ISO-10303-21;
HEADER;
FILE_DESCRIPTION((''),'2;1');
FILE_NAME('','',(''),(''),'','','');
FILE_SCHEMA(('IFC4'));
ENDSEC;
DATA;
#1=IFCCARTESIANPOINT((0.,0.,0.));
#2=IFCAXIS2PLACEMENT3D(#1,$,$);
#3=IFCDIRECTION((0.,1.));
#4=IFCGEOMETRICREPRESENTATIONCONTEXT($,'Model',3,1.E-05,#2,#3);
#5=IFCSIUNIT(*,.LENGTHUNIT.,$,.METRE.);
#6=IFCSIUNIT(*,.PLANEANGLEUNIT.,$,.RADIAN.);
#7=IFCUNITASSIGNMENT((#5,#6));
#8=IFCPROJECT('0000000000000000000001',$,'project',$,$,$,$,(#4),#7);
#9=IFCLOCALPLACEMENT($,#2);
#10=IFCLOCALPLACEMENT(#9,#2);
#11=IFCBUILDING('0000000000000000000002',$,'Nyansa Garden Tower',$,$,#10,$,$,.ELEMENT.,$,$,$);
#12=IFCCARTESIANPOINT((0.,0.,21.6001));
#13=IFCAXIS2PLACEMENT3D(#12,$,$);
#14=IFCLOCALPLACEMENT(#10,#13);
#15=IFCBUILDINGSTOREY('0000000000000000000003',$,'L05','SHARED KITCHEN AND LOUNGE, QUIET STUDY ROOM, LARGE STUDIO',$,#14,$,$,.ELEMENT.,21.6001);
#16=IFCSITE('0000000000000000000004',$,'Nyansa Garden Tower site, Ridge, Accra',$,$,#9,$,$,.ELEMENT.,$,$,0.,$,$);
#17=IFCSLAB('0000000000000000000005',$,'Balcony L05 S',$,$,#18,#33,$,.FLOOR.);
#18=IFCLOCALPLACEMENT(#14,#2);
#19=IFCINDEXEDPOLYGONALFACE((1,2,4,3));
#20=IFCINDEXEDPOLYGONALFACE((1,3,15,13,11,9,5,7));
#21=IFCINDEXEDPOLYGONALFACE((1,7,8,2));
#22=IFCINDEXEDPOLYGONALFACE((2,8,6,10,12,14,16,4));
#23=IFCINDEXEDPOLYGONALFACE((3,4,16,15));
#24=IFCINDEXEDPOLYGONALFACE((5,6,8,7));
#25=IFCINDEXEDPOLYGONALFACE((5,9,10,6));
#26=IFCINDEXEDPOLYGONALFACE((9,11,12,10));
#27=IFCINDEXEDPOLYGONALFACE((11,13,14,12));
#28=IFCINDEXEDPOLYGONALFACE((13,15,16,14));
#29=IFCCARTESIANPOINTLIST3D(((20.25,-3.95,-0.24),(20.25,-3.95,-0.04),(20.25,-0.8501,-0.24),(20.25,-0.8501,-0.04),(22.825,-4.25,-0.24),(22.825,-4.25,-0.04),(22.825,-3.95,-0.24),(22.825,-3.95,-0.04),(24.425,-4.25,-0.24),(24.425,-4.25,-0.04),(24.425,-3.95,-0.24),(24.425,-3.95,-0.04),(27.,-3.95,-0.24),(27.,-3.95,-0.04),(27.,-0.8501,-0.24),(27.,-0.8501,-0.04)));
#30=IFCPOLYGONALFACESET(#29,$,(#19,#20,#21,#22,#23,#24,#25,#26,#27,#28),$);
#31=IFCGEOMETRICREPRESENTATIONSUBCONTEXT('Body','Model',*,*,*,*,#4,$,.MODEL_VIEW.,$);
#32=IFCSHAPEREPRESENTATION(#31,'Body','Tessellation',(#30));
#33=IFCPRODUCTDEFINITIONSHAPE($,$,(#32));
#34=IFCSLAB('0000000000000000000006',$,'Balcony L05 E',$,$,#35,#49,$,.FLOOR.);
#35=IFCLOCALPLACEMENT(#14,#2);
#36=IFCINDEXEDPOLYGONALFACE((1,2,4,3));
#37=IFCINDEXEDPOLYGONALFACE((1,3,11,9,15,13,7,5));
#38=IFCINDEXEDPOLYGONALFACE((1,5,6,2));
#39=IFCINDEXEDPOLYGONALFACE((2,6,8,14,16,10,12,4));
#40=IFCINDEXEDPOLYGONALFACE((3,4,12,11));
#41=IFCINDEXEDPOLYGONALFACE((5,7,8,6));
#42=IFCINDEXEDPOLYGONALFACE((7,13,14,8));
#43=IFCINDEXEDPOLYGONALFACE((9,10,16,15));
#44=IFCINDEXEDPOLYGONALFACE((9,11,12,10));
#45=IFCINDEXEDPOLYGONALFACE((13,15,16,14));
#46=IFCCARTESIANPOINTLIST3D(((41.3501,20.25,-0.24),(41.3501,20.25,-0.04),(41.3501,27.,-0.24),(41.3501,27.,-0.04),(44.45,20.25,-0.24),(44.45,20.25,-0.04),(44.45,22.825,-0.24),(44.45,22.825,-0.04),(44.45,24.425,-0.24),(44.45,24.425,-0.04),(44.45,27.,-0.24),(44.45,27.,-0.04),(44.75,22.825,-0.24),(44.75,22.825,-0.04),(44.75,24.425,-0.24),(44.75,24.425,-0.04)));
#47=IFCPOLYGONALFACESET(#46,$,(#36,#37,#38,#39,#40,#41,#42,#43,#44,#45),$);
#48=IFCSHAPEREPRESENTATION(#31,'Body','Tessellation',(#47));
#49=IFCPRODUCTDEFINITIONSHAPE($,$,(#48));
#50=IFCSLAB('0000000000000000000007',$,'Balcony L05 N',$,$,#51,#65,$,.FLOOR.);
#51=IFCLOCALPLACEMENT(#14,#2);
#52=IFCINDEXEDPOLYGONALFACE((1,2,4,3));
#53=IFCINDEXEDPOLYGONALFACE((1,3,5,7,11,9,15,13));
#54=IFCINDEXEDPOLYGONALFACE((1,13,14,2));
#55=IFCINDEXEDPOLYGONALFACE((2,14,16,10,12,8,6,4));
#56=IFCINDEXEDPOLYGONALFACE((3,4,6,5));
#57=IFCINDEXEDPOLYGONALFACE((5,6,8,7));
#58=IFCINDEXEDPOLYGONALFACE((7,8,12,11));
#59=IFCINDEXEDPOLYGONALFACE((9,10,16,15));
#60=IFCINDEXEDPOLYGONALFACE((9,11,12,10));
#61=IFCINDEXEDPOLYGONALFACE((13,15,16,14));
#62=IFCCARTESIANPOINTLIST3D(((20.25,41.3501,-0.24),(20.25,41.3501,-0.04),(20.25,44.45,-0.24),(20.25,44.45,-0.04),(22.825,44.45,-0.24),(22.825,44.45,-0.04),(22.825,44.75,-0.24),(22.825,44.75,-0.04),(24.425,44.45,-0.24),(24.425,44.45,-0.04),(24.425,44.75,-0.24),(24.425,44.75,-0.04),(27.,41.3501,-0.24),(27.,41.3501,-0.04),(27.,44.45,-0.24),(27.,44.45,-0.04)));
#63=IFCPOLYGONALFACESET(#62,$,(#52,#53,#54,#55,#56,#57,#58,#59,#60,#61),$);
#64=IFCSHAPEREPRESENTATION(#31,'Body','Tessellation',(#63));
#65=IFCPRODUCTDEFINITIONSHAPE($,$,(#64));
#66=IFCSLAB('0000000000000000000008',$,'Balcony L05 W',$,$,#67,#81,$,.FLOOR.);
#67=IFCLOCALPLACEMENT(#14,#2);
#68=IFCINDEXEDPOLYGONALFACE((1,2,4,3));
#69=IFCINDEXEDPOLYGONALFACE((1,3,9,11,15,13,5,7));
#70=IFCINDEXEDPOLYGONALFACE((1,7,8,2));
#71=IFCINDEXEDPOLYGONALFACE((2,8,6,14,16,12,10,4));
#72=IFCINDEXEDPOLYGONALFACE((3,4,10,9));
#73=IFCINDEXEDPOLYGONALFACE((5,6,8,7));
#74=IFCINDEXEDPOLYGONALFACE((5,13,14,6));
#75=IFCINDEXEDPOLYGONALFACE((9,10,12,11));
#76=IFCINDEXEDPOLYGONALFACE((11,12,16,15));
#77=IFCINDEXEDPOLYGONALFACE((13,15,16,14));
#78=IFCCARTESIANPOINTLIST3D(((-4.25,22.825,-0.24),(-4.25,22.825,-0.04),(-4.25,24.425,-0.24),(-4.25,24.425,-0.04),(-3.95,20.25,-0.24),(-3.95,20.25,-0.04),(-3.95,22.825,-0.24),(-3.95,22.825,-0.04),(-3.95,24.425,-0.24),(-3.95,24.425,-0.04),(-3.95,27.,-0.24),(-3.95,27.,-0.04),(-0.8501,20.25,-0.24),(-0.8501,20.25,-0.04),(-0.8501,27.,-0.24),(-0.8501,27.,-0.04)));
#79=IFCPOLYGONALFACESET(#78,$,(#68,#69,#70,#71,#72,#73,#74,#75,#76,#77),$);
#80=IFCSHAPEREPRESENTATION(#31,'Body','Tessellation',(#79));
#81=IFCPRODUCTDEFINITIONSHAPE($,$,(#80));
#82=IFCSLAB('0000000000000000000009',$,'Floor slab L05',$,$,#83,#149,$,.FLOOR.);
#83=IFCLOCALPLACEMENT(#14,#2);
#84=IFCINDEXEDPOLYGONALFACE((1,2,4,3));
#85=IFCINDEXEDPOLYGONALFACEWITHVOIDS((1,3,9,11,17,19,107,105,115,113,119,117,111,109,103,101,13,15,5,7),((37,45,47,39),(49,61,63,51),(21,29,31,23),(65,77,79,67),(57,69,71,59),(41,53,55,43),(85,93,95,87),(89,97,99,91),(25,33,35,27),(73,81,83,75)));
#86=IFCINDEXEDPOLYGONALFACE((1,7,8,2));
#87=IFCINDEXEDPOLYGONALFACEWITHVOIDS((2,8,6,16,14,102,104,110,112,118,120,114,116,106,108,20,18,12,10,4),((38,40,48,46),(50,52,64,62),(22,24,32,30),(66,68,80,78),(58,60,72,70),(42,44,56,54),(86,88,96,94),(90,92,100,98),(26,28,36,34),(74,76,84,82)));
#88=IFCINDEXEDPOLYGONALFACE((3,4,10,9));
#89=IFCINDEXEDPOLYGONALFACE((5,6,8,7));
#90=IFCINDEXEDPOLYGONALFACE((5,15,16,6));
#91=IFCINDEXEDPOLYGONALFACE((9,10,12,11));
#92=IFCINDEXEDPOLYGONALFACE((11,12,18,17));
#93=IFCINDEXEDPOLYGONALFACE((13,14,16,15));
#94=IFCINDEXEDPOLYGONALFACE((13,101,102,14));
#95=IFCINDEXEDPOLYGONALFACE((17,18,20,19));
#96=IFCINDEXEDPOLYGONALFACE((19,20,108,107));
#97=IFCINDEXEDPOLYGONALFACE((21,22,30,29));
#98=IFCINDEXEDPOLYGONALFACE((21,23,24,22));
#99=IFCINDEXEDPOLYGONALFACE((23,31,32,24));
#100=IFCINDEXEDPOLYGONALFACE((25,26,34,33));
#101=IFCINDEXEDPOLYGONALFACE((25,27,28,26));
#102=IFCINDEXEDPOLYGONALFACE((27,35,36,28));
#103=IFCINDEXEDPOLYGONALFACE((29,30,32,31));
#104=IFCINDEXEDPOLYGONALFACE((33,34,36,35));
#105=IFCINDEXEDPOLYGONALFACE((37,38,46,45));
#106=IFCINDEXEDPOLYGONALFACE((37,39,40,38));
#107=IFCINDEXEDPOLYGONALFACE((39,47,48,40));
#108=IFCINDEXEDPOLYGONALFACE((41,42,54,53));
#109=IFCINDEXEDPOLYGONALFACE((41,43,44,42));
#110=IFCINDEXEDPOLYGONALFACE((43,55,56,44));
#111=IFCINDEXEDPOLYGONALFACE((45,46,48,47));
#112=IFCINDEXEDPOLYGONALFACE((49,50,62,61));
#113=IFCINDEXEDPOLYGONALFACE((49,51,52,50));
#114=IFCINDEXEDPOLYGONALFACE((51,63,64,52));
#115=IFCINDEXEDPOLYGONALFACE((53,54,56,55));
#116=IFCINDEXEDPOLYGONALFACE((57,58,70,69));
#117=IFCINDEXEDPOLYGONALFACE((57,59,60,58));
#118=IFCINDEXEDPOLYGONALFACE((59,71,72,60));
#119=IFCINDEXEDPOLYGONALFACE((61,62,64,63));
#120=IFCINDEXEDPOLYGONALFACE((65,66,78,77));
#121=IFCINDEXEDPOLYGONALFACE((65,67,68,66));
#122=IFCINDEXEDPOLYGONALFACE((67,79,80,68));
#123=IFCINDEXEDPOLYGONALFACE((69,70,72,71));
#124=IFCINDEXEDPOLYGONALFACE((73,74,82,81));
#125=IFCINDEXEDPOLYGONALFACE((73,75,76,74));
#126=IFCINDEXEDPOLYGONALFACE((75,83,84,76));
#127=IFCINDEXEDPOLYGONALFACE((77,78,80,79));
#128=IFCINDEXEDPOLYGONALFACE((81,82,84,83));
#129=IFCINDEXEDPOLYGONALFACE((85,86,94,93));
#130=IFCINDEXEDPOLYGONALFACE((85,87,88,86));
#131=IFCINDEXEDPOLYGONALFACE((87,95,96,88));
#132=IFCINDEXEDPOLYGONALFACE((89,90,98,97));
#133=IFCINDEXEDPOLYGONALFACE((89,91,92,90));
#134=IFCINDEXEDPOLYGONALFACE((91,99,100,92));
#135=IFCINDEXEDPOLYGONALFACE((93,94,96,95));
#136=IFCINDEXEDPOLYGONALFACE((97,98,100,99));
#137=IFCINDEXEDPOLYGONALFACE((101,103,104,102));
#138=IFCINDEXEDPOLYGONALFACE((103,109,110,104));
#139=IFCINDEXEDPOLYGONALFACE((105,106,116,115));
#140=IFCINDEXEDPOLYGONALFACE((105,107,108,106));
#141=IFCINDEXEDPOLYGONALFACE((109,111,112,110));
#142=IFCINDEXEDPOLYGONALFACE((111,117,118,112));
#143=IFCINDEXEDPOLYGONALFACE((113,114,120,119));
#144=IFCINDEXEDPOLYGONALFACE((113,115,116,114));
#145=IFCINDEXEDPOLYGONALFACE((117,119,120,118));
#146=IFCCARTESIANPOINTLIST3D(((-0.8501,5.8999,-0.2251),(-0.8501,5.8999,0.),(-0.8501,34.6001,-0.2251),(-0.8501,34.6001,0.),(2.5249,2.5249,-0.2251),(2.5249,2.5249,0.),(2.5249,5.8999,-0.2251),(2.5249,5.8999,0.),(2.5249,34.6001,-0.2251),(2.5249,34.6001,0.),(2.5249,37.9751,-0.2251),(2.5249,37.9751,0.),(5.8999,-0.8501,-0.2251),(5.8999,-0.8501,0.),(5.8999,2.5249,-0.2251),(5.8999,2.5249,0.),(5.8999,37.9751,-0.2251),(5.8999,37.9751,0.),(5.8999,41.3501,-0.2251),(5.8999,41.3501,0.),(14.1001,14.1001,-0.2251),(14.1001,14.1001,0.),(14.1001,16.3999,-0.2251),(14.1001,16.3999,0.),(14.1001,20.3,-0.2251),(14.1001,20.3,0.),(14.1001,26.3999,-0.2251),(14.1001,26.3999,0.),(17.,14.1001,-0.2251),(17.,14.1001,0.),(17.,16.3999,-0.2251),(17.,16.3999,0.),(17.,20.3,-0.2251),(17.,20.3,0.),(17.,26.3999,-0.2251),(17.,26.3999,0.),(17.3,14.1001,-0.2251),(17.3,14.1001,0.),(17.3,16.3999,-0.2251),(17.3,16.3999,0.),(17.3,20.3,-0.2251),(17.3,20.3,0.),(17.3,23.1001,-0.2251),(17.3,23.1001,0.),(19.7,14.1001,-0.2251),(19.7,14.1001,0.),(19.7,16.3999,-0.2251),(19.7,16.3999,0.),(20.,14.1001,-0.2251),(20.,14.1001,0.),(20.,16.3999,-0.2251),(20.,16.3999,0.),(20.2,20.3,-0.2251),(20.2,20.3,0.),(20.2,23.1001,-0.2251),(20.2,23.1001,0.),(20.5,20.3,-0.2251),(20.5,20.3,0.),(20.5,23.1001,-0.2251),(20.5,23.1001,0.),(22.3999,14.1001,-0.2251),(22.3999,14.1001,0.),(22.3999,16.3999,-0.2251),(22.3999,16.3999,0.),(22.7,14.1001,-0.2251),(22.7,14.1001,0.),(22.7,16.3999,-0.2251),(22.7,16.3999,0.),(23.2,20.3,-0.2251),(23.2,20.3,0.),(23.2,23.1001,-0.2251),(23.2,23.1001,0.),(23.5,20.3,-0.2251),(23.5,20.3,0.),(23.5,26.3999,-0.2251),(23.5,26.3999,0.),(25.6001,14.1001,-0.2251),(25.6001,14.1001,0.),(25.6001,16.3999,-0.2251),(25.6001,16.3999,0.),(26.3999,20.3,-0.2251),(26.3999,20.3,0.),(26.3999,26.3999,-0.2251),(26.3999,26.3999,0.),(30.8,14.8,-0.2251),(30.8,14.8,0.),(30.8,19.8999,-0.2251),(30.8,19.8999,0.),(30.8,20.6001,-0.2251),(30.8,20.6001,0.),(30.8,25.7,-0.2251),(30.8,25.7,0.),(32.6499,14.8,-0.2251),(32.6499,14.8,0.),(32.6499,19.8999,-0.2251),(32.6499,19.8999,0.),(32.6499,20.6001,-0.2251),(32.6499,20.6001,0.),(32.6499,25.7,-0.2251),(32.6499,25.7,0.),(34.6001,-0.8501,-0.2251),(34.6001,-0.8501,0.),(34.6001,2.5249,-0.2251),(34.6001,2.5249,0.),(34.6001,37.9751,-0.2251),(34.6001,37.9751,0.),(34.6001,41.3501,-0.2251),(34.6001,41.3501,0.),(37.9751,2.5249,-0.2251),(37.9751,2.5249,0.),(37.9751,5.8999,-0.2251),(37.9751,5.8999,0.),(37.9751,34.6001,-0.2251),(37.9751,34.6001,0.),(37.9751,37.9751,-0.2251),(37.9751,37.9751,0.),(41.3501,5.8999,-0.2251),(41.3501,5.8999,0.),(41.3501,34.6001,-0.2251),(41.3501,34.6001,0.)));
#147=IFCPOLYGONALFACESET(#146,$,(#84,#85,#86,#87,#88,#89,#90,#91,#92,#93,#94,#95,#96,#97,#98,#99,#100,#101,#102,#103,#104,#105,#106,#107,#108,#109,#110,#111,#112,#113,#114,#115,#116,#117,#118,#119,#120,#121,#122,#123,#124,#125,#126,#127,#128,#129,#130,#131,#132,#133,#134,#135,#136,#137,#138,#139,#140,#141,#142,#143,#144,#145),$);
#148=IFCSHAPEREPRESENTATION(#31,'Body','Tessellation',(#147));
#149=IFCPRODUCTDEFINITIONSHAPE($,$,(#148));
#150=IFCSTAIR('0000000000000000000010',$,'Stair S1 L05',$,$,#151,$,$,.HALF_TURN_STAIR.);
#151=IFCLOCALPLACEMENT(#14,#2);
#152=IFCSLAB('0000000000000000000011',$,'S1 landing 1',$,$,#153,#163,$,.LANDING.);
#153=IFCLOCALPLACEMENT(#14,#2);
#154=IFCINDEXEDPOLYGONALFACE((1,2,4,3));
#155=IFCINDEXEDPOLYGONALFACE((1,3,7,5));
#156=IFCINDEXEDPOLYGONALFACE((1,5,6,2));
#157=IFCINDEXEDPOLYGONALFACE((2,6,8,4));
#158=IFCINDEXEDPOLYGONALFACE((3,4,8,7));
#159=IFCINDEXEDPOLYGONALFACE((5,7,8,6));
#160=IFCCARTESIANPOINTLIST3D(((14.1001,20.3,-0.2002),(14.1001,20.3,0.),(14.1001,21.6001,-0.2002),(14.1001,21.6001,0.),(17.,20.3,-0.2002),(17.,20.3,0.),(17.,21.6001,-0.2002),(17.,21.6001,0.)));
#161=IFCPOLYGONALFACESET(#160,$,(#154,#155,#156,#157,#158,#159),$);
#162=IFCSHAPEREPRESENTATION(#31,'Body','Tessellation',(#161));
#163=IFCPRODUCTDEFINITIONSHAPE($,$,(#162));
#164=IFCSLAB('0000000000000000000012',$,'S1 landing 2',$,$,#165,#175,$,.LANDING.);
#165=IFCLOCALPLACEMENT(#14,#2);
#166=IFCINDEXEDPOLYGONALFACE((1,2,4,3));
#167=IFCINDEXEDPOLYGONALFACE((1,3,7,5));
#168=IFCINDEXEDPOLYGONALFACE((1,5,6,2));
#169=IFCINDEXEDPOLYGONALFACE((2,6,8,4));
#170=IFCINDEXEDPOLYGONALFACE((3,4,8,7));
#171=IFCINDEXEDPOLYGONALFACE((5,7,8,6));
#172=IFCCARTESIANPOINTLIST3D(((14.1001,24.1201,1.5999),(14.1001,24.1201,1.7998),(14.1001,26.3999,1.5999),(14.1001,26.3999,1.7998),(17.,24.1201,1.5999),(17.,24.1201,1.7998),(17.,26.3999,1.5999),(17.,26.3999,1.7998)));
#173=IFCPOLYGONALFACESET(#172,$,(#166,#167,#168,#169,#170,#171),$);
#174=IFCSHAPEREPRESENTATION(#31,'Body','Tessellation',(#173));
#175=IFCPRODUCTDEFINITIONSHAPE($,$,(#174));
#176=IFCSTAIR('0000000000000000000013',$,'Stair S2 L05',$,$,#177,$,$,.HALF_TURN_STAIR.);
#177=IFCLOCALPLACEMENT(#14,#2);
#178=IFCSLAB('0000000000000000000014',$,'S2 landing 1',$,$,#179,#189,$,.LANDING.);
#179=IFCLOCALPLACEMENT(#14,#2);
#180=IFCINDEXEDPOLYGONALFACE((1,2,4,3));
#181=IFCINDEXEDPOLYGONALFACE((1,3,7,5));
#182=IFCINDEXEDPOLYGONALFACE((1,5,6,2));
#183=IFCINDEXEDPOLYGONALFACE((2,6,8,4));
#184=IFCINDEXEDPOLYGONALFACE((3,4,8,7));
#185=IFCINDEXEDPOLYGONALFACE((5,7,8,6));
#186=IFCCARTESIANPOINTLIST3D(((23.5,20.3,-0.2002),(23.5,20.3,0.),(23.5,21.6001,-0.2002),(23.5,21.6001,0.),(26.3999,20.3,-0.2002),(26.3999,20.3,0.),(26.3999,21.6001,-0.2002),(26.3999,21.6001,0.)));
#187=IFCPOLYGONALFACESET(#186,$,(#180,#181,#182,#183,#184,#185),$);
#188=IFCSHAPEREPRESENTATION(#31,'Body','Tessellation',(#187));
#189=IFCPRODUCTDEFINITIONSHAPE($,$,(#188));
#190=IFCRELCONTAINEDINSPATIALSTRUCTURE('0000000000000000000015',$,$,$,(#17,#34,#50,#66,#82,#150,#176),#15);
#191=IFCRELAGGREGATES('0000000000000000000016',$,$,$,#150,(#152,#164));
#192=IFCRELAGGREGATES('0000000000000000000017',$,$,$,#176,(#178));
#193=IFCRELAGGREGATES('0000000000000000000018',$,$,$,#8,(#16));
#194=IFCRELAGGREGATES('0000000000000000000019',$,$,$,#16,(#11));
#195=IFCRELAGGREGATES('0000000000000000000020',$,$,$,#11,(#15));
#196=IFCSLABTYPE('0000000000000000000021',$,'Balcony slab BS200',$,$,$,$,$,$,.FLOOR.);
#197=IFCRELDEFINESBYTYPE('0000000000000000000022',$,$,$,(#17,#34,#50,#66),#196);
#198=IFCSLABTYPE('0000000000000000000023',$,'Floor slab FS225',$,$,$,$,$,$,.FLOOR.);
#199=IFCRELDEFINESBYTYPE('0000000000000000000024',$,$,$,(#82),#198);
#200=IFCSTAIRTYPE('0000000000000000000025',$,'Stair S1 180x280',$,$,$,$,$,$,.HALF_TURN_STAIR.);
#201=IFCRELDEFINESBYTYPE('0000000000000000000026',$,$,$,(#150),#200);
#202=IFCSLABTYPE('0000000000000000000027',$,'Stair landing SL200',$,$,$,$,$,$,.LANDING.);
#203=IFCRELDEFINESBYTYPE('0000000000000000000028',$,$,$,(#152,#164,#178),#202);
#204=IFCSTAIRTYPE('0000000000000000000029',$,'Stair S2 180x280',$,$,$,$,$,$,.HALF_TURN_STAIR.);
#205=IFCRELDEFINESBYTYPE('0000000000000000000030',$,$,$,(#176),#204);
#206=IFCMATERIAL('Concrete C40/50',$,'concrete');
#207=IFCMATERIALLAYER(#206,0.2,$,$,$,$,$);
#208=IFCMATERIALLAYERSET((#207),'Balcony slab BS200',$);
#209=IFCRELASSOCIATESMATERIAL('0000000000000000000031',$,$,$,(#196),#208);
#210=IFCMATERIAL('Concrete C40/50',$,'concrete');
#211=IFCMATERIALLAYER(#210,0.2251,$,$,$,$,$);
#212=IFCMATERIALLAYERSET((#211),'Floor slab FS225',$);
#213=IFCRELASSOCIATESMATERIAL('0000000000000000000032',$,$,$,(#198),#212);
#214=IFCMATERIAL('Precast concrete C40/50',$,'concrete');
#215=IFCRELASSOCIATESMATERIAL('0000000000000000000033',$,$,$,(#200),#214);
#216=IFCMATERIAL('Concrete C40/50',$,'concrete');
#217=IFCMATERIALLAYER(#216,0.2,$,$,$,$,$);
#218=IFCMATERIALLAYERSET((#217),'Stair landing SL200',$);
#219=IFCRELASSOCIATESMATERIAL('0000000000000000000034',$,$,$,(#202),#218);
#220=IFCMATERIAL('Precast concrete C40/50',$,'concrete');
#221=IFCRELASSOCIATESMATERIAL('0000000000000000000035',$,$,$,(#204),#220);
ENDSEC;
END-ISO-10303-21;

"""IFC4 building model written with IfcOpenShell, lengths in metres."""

from ifc_helpers import new_model, si_unit, direction, frame, origin, place, context, subcontext, project, spatial, polyline, outline, extrude, material, layer, layer_set, type_object, element, aggregate, save


model = new_model("IFC4")

# Units and contexts
model_context = context("Model", 3, precision=1e-05, world=origin(), true_north=direction((0.0, 1.0)))
body_context = subcontext(model_context, "Body", "Model", "MODEL_VIEW")
ifc_project = project(units=[si_unit("LENGTHUNIT", "METRE"), si_unit("PLANEANGLEUNIT", "RADIAN")], contexts=[model_context])

# Site, building, storey
site_placement = place(None, origin())
site = spatial("IfcSite", under=ifc_project, at=site_placement, Name="Nyansa Garden Tower site, Ridge, Accra", CompositionType="ELEMENT", RefElevation=0.0)
building_placement = place(site_placement, origin())
building = spatial("IfcBuilding", under=site, at=building_placement, Name="Nyansa Garden Tower", CompositionType="ELEMENT")
storey_placement = place(building_placement, frame((0.0, 0.0, 21.6001)))
storey = spatial("IfcBuildingStorey", under=building, at=storey_placement, Name="L05", Description="SHARED KITCHEN AND LOUNGE, QUIET STUDY ROOM, LARGE STUDIO", CompositionType="ELEMENT", Elevation=21.6001)

# Slabs
ifc_material_1 = material(Name="Concrete C40/50", Category="concrete")
ifc_layer_1 = layer(ifc_material_1, 0.2)
ifc_layer_set_1 = layer_set([ifc_layer_1], Name="Balcony slab BS200")
slab_type_1 = type_object("IfcSlabType", Name="Balcony slab BS200", PredefinedType="FLOOR", material=ifc_layer_set_1)
slab_1_placement = place(storey_placement, frame((0.0, 0.0, -0.24)))
element("IfcSlab", 1, at=slab_1_placement, inside=storey, type_object=slab_type_1, Name="Balcony L05 S", PredefinedType="FLOOR", context=body_context, shape_type="SweptSolid", body=[
    extrude(outline(polyline([(20.25, -0.8501), (27.0, -0.8501), (27.0, -3.95), (24.425, -3.95), (24.425, -4.25), (22.825, -4.25), (22.825, -3.95), (20.25, -3.95), (20.25, -0.8501)])), origin(), (0.0, 0.0, 1.0), 0.2),
])
slab_2_placement = place(storey_placement, frame((0.0, 0.0, -0.24)))
element("IfcSlab", 2, at=slab_2_placement, inside=storey, type_object=slab_type_1, Name="Balcony L05 E", PredefinedType="FLOOR", context=body_context, shape_type="SweptSolid", body=[
    extrude(outline(polyline([(41.3501, 20.25), (41.3501, 27.0), (44.45, 27.0), (44.45, 24.425), (44.75, 24.425), (44.75, 22.825), (44.45, 22.825), (44.45, 20.25), (41.3501, 20.25)])), origin(), (0.0, 0.0, 1.0), 0.2),
])
slab_3_placement = place(storey_placement, frame((0.0, 0.0, -0.24)))
element("IfcSlab", 3, at=slab_3_placement, inside=storey, type_object=slab_type_1, Name="Balcony L05 N", PredefinedType="FLOOR", context=body_context, shape_type="SweptSolid", body=[
    extrude(outline(polyline([(20.25, 41.3501), (27.0, 41.3501), (27.0, 44.45), (24.425, 44.45), (24.425, 44.75), (22.825, 44.75), (22.825, 44.45), (20.25, 44.45), (20.25, 41.3501)])), origin(), (0.0, 0.0, 1.0), 0.2),
])
slab_4_placement = place(storey_placement, frame((0.0, 0.0, -0.24)))
element("IfcSlab", 4, at=slab_4_placement, inside=storey, type_object=slab_type_1, Name="Balcony L05 W", PredefinedType="FLOOR", context=body_context, shape_type="SweptSolid", body=[
    extrude(outline(polyline([(-0.8501, 20.25), (-0.8501, 27.0), (-3.95, 27.0), (-3.95, 24.425), (-4.25, 24.425), (-4.25, 22.825), (-3.95, 22.825), (-3.95, 20.25), (-0.8501, 20.25)])), origin(), (0.0, 0.0, 1.0), 0.2),
])
ifc_material_2 = material(Name="Concrete C40/50", Category="concrete")
ifc_layer_2 = layer(ifc_material_2, 0.2251)
ifc_layer_set_2 = layer_set([ifc_layer_2], Name="Floor slab FS225")
slab_type_2 = type_object("IfcSlabType", Name="Floor slab FS225", PredefinedType="FLOOR", material=ifc_layer_set_2)
slab_5_placement = place(storey_placement, frame((0.0, 0.0, -0.2251)))
element("IfcSlab", 5, at=slab_5_placement, inside=storey, type_object=slab_type_2, Name="Floor slab L05", PredefinedType="FLOOR", context=body_context, shape_type="SweptSolid", body=[
    extrude(outline(polyline([(41.3501, 5.8999), (37.9751, 5.8999), (37.9751, 2.5249), (34.6001, 2.5249), (34.6001, -0.8501), (5.8999, -0.8501), (5.8999, 2.5249), (2.5249, 2.5249), (2.5249, 5.8999), (-0.8501, 5.8999), (-0.8501, 34.6001), (2.5249, 34.6001), (2.5249, 37.9751), (5.8999, 37.9751), (5.8999, 41.3501), (34.6001, 41.3501), (34.6001, 37.9751), (37.9751, 37.9751), (37.9751, 34.6001), (41.3501, 34.6001), (41.3501, 5.8999)]), holes=[polyline([(14.1001, 14.1001), (17.0, 14.1001), (17.0, 16.3999), (14.1001, 16.3999), (14.1001, 14.1001)]), polyline([(17.3, 14.1001), (19.7, 14.1001), (19.7, 16.3999), (17.3, 16.3999), (17.3, 14.1001)]), polyline([(20.0, 14.1001), (22.3999, 14.1001), (22.3999, 16.3999), (20.0, 16.3999), (20.0, 14.1001)]), polyline([(22.7, 14.1001), (25.6001, 14.1001), (25.6001, 16.3999), (22.7, 16.3999), (22.7, 14.1001)]), polyline([(17.3, 20.3), (20.2, 20.3), (20.2, 23.1001), (17.3, 23.1001), (17.3, 20.3)]), polyline([(20.5, 20.3), (23.2, 20.3), (23.2, 23.1001), (20.5, 23.1001), (20.5, 20.3)]), polyline([(30.8, 14.8), (32.6499, 14.8), (32.6499, 19.8999), (30.8, 19.8999), (30.8, 14.8)]), polyline([(30.8, 20.6001), (32.6499, 20.6001), (32.6499, 25.7), (30.8, 25.7), (30.8, 20.6001)]), polyline([(14.1001, 20.3), (17.0, 20.3), (17.0, 26.3999), (14.1001, 26.3999), (14.1001, 20.3)]), polyline([(23.5, 20.3), (26.3999, 20.3), (26.3999, 26.3999), (23.5, 26.3999), (23.5, 20.3)])]), origin(), (0.0, 0.0, 1.0), 0.2251),
])

# Stair, slabs
ifc_material_3 = material(Name="Precast concrete C40/50", Category="concrete")
stair_type_1 = type_object("IfcStairType", Name="Stair S1 180x280", PredefinedType="HALF_TURN_STAIR", material=ifc_material_3)
stair_1_placement = place(storey_placement, origin())
stair_1 = element("IfcStair", 6, at=stair_1_placement, inside=storey, type_object=stair_type_1, Name="Stair S1 L05", PredefinedType="HALF_TURN_STAIR")
ifc_material_4 = material(Name="Concrete C40/50", Category="concrete")
ifc_layer_3 = layer(ifc_material_4, 0.2)
ifc_layer_set_3 = layer_set([ifc_layer_3], Name="Stair landing SL200")
slab_type_3 = type_object("IfcSlabType", Name="Stair landing SL200", PredefinedType="LANDING", material=ifc_layer_set_3)
slab_6_placement = place(storey_placement, frame((0.0, 0.0, -0.2002)))
slab_6 = element("IfcSlab", 7, at=slab_6_placement, type_object=slab_type_3, Name="S1 landing 1", PredefinedType="LANDING", context=body_context, shape_type="SweptSolid", body=[
    extrude(outline(polyline([(14.1001, 20.3), (17.0, 20.3), (17.0, 21.6001), (14.1001, 21.6001), (14.1001, 20.3)])), origin(), (0.0, 0.0, 1.0), 0.2002),
])
slab_7_placement = place(storey_placement, frame((0.0, 0.0, 1.5999)))
slab_7 = element("IfcSlab", 8, at=slab_7_placement, type_object=slab_type_3, Name="S1 landing 2", PredefinedType="LANDING", context=body_context, shape_type="SweptSolid", body=[
    extrude(outline(polyline([(14.1001, 24.1201), (17.0, 24.1201), (17.0, 26.3999), (14.1001, 26.3999), (14.1001, 24.1201)])), origin(), (0.0, 0.0, 1.0), 0.2),
])
aggregate(stair_1, [slab_6, slab_7])

# Stair, slab
ifc_material_5 = material(Name="Precast concrete C40/50", Category="concrete")
stair_type_2 = type_object("IfcStairType", Name="Stair S2 180x280", PredefinedType="HALF_TURN_STAIR", material=ifc_material_5)
stair_2_placement = place(storey_placement, origin())
stair_2 = element("IfcStair", 9, at=stair_2_placement, inside=storey, type_object=stair_type_2, Name="Stair S2 L05", PredefinedType="HALF_TURN_STAIR")
slab_8_placement = place(storey_placement, frame((0.0, 0.0, -0.2002)))
slab_8 = element("IfcSlab", 10, at=slab_8_placement, type_object=slab_type_3, Name="S2 landing 1", PredefinedType="LANDING", context=body_context, shape_type="SweptSolid", body=[
    extrude(outline(polyline([(23.5, 20.3), (26.3999, 20.3), (26.3999, 21.6001), (23.5, 21.6001), (23.5, 20.3)])), origin(), (0.0, 0.0, 1.0), 0.2002),
])
aggregate(stair_2, [slab_8])

save(model, "model.ifc")
